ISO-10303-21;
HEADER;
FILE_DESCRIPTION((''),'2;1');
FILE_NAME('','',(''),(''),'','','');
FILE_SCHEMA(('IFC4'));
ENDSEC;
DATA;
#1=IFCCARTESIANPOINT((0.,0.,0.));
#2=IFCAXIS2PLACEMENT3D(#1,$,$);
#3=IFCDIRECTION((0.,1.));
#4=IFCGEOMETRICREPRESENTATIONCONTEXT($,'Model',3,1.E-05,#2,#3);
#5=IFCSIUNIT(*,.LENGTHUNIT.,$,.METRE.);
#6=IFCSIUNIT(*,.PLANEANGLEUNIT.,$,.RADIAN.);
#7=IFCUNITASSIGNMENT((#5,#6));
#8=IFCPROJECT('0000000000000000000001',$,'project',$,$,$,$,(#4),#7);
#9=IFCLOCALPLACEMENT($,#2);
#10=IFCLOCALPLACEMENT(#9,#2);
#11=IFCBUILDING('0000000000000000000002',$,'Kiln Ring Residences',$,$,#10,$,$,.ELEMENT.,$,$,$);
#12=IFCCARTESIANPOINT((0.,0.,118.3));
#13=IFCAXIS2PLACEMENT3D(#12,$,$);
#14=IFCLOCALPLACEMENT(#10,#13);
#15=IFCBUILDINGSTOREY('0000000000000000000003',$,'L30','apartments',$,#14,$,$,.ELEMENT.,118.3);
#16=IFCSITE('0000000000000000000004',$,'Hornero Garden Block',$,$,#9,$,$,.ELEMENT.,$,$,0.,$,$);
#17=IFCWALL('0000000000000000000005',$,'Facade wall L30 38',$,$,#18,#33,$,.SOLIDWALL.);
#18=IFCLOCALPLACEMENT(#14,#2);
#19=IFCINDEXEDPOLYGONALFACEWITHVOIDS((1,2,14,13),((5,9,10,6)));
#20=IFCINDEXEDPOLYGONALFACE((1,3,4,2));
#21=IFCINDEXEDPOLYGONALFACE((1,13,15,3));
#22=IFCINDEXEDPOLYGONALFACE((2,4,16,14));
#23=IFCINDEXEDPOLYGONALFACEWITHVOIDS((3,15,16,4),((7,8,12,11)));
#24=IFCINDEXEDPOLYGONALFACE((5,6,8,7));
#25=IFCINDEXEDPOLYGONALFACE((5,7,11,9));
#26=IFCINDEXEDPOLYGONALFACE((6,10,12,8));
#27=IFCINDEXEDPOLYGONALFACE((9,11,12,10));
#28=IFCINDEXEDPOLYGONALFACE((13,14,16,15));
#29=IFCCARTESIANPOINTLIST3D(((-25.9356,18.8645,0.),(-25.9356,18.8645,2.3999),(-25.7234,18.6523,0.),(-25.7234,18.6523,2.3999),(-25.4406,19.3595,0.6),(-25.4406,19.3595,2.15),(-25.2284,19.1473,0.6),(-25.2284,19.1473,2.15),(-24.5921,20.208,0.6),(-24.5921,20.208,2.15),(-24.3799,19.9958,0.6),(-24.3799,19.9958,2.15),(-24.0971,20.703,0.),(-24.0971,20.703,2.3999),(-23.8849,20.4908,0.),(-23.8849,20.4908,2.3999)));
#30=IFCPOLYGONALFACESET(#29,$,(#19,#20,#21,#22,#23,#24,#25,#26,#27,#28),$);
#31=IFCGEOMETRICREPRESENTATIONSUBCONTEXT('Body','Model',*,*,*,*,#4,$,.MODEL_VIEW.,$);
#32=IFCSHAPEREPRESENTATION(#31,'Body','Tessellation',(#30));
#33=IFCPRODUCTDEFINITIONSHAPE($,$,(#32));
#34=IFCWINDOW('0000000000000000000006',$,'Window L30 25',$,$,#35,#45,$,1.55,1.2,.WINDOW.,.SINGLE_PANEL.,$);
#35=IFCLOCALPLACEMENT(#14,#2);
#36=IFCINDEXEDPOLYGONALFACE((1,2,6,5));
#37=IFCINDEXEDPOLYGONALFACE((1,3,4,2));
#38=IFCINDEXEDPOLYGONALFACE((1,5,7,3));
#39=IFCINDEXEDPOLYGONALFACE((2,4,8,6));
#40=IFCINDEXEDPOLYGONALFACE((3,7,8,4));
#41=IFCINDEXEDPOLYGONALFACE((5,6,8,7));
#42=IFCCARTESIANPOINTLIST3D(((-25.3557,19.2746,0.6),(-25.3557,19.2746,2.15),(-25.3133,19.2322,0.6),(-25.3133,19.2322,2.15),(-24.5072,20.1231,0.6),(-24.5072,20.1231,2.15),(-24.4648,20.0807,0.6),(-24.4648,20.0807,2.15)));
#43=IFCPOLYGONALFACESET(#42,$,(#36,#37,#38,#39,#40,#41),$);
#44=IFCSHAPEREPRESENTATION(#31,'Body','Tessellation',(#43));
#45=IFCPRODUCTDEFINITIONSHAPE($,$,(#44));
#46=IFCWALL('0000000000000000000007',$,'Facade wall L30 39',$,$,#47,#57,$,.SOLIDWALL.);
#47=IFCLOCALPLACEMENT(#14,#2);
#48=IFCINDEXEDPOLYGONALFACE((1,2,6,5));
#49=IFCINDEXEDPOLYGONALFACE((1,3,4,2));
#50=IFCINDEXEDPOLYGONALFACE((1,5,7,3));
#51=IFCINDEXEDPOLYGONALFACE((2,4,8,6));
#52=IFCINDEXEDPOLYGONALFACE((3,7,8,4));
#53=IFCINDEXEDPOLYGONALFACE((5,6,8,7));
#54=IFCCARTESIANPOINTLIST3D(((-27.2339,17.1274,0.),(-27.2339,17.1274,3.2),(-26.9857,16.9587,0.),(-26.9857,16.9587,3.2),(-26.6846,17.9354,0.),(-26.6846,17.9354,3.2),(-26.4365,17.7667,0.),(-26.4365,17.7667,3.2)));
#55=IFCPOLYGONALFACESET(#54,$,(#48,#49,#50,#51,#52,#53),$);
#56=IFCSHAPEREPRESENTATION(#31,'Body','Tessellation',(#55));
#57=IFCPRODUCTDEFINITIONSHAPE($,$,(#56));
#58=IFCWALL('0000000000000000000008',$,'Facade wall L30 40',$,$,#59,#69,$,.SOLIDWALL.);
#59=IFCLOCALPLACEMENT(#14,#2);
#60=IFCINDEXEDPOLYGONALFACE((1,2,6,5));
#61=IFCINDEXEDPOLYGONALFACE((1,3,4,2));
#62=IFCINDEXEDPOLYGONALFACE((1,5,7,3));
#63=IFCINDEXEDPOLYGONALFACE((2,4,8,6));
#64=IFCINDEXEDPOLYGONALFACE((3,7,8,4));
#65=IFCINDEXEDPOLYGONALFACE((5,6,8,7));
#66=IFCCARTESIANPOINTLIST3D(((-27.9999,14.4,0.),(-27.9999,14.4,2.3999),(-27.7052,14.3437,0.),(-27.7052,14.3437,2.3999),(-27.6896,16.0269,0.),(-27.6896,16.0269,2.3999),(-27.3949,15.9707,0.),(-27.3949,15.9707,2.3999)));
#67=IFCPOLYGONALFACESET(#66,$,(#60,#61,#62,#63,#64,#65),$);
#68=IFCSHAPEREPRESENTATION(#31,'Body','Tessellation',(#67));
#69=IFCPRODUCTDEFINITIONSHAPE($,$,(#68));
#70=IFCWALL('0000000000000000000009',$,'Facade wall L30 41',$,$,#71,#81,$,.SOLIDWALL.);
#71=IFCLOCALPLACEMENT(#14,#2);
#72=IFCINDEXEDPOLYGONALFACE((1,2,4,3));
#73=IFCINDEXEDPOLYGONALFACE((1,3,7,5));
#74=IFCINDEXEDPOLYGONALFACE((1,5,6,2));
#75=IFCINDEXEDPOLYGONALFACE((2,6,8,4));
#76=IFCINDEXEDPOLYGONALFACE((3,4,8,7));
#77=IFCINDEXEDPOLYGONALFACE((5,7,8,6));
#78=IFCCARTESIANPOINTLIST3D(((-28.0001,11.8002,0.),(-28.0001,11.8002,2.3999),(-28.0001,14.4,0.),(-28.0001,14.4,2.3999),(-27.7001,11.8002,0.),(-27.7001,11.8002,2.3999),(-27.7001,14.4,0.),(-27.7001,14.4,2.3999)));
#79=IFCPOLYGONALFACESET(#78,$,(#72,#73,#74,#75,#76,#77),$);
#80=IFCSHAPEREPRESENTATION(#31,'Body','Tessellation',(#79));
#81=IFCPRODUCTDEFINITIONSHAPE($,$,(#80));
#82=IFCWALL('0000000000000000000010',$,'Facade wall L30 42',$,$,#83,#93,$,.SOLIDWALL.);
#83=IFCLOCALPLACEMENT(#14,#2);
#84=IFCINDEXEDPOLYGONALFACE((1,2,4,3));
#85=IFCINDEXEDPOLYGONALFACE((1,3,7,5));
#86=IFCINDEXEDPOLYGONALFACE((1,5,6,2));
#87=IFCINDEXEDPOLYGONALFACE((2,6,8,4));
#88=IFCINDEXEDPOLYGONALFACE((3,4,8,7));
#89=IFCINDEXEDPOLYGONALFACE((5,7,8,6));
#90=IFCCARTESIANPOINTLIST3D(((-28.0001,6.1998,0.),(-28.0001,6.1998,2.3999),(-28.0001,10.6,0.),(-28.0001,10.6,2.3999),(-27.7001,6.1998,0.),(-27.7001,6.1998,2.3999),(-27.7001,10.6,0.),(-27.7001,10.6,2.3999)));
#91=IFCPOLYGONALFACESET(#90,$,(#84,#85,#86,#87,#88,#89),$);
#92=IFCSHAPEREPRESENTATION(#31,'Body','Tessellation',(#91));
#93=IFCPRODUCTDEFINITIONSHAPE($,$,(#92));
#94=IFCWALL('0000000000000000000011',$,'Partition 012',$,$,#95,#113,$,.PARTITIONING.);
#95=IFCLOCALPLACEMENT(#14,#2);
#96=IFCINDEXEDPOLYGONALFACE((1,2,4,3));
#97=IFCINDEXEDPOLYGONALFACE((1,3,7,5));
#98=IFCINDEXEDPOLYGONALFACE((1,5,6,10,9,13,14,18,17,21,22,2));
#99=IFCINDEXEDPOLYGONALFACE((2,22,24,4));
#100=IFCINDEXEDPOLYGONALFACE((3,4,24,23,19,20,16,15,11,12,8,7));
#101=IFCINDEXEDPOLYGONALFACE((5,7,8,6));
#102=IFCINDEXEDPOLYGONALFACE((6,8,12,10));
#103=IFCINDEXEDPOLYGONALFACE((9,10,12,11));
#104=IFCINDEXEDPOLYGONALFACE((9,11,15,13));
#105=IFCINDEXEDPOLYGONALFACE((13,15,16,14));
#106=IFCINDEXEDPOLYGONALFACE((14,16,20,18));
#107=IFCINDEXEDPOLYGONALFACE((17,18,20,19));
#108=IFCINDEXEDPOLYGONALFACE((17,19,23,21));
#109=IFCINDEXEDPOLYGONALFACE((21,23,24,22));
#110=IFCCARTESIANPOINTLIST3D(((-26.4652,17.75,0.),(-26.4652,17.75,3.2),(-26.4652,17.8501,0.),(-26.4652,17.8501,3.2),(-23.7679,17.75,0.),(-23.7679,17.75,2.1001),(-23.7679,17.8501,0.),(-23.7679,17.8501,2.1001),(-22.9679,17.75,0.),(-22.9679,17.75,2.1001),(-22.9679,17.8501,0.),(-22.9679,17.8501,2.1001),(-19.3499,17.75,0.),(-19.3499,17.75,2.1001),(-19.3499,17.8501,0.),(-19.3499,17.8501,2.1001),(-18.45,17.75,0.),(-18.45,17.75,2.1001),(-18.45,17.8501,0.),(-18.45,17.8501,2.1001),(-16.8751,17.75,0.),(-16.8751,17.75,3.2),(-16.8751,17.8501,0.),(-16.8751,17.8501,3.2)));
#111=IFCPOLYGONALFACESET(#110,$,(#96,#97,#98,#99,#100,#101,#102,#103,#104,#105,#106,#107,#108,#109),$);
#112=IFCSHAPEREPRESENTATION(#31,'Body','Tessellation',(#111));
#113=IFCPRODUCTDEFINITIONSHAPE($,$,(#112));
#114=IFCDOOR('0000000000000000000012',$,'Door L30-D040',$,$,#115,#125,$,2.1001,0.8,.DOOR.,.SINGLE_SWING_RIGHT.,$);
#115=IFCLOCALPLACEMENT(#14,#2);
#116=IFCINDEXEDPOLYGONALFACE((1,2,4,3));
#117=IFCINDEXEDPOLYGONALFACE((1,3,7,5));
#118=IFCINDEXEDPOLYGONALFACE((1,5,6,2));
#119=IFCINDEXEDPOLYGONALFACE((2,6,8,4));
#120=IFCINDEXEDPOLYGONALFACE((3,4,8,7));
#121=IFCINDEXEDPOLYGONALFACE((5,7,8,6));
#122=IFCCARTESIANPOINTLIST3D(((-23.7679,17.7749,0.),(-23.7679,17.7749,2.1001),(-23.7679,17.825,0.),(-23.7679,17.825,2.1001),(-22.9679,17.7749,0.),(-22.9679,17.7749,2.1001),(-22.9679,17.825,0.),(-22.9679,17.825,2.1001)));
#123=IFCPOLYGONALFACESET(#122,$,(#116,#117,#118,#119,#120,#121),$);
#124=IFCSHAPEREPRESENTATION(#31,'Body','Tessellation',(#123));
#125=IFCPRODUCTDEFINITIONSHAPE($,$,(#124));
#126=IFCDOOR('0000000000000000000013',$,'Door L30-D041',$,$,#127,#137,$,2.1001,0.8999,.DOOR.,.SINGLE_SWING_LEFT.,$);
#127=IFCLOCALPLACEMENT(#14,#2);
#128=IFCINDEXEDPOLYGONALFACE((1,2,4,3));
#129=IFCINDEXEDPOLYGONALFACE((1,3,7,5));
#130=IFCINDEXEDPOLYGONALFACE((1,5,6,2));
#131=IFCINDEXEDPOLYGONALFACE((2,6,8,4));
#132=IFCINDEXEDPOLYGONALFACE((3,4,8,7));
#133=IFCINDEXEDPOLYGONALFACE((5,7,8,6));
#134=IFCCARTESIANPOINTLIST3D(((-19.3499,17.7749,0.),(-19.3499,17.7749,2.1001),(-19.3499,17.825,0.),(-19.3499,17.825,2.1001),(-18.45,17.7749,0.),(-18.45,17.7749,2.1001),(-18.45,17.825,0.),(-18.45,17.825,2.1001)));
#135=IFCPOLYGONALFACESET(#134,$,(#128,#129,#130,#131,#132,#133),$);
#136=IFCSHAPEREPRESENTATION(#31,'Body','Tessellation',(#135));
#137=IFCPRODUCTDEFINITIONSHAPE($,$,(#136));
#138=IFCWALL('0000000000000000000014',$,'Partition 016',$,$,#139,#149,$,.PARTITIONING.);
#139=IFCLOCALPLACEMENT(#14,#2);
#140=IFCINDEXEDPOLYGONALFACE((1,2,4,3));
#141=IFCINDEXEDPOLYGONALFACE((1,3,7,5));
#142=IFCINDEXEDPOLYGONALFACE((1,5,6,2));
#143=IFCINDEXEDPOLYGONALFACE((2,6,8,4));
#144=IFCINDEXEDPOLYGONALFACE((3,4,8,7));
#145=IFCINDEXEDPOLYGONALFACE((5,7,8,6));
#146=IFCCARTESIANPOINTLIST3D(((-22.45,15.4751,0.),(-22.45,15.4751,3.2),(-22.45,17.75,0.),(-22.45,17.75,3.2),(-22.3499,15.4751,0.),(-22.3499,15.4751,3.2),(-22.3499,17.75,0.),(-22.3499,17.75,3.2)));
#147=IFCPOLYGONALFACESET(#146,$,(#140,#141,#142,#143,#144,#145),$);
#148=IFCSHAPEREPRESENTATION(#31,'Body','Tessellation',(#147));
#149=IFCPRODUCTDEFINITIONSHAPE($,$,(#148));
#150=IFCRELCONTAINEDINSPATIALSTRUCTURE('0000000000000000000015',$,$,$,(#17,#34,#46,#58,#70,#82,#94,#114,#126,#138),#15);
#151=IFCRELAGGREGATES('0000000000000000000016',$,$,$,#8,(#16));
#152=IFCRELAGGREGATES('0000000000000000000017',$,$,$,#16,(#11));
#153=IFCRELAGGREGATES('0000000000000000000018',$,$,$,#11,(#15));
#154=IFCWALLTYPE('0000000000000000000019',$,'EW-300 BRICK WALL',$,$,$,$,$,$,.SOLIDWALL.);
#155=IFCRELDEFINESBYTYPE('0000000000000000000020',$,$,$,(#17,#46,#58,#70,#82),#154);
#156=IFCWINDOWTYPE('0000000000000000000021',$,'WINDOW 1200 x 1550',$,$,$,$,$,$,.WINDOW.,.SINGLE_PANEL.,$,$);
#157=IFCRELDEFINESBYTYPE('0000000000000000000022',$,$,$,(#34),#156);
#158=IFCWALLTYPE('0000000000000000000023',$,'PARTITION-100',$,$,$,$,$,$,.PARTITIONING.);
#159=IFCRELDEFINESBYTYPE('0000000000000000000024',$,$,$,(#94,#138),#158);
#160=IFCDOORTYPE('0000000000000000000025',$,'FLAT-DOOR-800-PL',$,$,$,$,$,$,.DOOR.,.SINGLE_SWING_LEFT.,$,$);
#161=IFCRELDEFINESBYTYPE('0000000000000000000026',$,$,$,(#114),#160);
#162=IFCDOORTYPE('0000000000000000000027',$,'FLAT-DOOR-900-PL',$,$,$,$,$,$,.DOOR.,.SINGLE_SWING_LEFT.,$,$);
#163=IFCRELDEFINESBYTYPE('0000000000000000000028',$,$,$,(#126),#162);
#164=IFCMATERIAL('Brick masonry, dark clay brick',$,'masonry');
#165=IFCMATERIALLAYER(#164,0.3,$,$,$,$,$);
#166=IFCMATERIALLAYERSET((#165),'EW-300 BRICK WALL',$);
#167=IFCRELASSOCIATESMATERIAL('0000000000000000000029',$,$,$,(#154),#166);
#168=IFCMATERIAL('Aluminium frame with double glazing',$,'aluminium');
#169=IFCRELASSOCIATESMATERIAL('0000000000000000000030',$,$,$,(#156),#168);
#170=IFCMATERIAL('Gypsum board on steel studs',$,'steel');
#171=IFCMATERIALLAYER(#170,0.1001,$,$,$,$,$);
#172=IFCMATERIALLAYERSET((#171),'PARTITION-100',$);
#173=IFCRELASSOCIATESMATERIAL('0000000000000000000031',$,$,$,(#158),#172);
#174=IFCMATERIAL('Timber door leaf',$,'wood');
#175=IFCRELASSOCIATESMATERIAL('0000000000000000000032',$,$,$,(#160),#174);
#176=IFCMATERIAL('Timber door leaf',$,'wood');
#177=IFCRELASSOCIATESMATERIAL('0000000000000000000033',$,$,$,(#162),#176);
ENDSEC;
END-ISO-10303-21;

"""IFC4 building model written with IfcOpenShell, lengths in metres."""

from ifc_helpers import new_model, si_unit, direction, frame, frame_2d, origin, place, context, subcontext, project, spatial, rectangle, extrude, material, layer, layer_set, type_object, element, fill, save


model = new_model("IFC4")

# Units and contexts
model_context = context("Model", 3, precision=1e-05, world=origin(), true_north=direction((0.0, 1.0)))
body_context = subcontext(model_context, "Body", "Model", "MODEL_VIEW")
ifc_project = project(units=[si_unit("LENGTHUNIT", "METRE"), si_unit("PLANEANGLEUNIT", "RADIAN")], contexts=[model_context])

# Site, building, storey
site_placement = place(None, origin())
site = spatial("IfcSite", under=ifc_project, at=site_placement, Name="Hornero Garden Block", CompositionType="ELEMENT", RefElevation=0.0)
building_placement = place(site_placement, origin())
building = spatial("IfcBuilding", under=site, at=building_placement, Name="Kiln Ring Residences", CompositionType="ELEMENT")
storey_placement = place(building_placement, frame((0.0, 0.0, 118.3)))
storey = spatial("IfcBuildingStorey", under=building, at=storey_placement, Name="L30", Description="apartments", CompositionType="ELEMENT", Elevation=118.3)

# Shared definitions
ifc_material_1 = material(Name="Brick masonry, dark clay brick", Category="masonry")
ifc_layer_1 = layer(ifc_material_1, 0.3)
ifc_layer_set_1 = layer_set([ifc_layer_1], Name="EW-300 BRICK WALL")
wall_type_1 = type_object("IfcWallType", Name="EW-300 BRICK WALL", PredefinedType="SOLIDWALL", material=ifc_layer_set_1)

# Wall, opening, window
wall_1_placement = place(storey_placement, frame((-23.991, 20.5969, 0.0), z_axis=(0.0, 0.0, 1.0), x_axis=(-0.707107, -0.707107, 0.0)))
wall_1 = element("IfcWall", 1, at=wall_1_placement, inside=storey, type_object=wall_type_1, Name="Facade wall L30 38", PredefinedType="SOLIDWALL", context=body_context, shape_type="SweptSolid", body=[
    extrude(rectangle(XDim=2.6001, YDim=0.3, at=frame_2d((1.3, 0.0))), origin(), (0.0, 0.0, 1.0), 2.3999),
])
opening_1_placement = place(wall_1_placement, frame((0.7, 0.0, 0.6001)))
opening_1 = element("IfcOpeningElement", 2, at=opening_1_placement, cuts=wall_1, PredefinedType="OPENING", context=body_context, shape_type="SweptSolid", body=[
    extrude(rectangle(XDim=1.2, YDim=1.55, at=frame_2d((0.6001, 0.7749))), frame((0.0, 0.1599, 0.0), z_axis=(0.0, -1.0, 0.0), x_axis=(1.0, 0.0, 0.0)), (0.0, 0.0, 1.0), 0.3201),
])
ifc_material_2 = material(Name="Aluminium frame with double glazing", Category="aluminium")
window_type = type_object("IfcWindowType", Name="WINDOW 1200 x 1550", PartitioningType="SINGLE_PANEL", PredefinedType="WINDOW", material=ifc_material_2)
window_placement = place(opening_1_placement, origin())
window = element("IfcWindow", 3, at=window_placement, inside=storey, type_object=window_type, Name="Window L30 25", OverallHeight=1.55, OverallWidth=1.2, PartitioningType="SINGLE_PANEL", PredefinedType="WINDOW", context=body_context, shape_type="SweptSolid", body=[
    extrude(rectangle(XDim=1.2, YDim=1.55, at=frame_2d((0.6001, 0.7749))), frame((0.0, 0.03, 0.0), z_axis=(0.0, -1.0, 0.0), x_axis=(1.0, 0.0, 0.0)), (0.0, 0.0, 1.0), 0.0601),
])
fill(opening_1, window)

# Walls
wall_2_placement = place(storey_placement, frame((-26.5605, 17.8511, 0.0), z_axis=(0.0, 0.0, 1.0), x_axis=(-0.562173, -0.827019, 0.0)))
element("IfcWall", 4, at=wall_2_placement, inside=storey, type_object=wall_type_1, Name="Facade wall L30 39", PredefinedType="SOLIDWALL", context=body_context, shape_type="SweptSolid", body=[
    extrude(rectangle(XDim=0.9771, YDim=0.3, at=frame_2d((0.4885, 0.0))), origin(), (0.0, 0.0, 1.0), 3.2),
])
wall_3_placement = place(storey_placement, frame((-27.5422, 15.9988, 0.0), z_axis=(0.0, 0.0, 1.0), x_axis=(-0.187349, -0.982293, 0.0)))
element("IfcWall", 5, at=wall_3_placement, inside=storey, type_object=wall_type_1, Name="Facade wall L30 40", PredefinedType="SOLIDWALL", context=body_context, shape_type="SweptSolid", body=[
    extrude(rectangle(XDim=1.6562, YDim=0.3, at=frame_2d((0.8281, 0.0))), origin(), (0.0, 0.0, 1.0), 2.3999),
])
wall_4_placement = place(storey_placement, frame((-27.8501, 14.3999, 0.0), z_axis=(0.0, 0.0, 1.0), x_axis=(0.0, -1.0, 0.0)))
element("IfcWall", 6, at=wall_4_placement, inside=storey, type_object=wall_type_1, Name="Facade wall L30 41", PredefinedType="SOLIDWALL", context=body_context, shape_type="SweptSolid", body=[
    extrude(rectangle(XDim=2.5999, YDim=0.3, at=frame_2d((1.2998, 0.0))), origin(), (0.0, 0.0, 1.0), 2.3999),
])
wall_5_placement = place(storey_placement, frame((-27.8501, 10.6001, 0.0), z_axis=(0.0, 0.0, 1.0), x_axis=(0.0, -1.0, 0.0)))
element("IfcWall", 7, at=wall_5_placement, inside=storey, type_object=wall_type_1, Name="Facade wall L30 42", PredefinedType="SOLIDWALL", context=body_context, shape_type="SweptSolid", body=[
    extrude(rectangle(XDim=4.4001, YDim=0.3, at=frame_2d((2.2002, 0.0))), origin(), (0.0, 0.0, 1.0), 2.3999),
])

# Wall, openings, doors
ifc_material_3 = material(Name="Gypsum board on steel studs", Category="steel")
ifc_layer_2 = layer(ifc_material_3, 0.1001)
ifc_layer_set_2 = layer_set([ifc_layer_2], Name="PARTITION-100")
wall_type_2 = type_object("IfcWallType", Name="PARTITION-100", PredefinedType="PARTITIONING", material=ifc_layer_set_2)
wall_6_placement = place(storey_placement, frame((-26.4651, 17.8, 0.0), z_axis=(0.0, 0.0, 1.0), x_axis=(1.0, 0.0, 0.0)))
wall_6 = element("IfcWall", 8, at=wall_6_placement, inside=storey, type_object=wall_type_2, Name="Partition 012", PredefinedType="PARTITIONING", context=body_context, shape_type="SweptSolid", body=[
    extrude(rectangle(XDim=9.5901, YDim=0.1001, at=frame_2d((4.7949, 0.0))), origin(), (0.0, 0.0, 1.0), 3.2),
])
opening_2_placement = place(wall_6_placement, frame((2.6973, 0.0, 0.0)))
opening_2 = element("IfcOpeningElement", 9, at=opening_2_placement, cuts=wall_6, PredefinedType="OPENING", context=body_context, shape_type="SweptSolid", body=[
    extrude(rectangle(XDim=0.8, YDim=2.1001, at=frame_2d((0.3999, 1.05))), frame((0.0, 0.0601, 0.0), z_axis=(0.0, -1.0, 0.0), x_axis=(1.0, 0.0, 0.0)), (0.0, 0.0, 1.0), 0.1201),
])
opening_3_placement = place(wall_6_placement, frame((7.1152, 0.0, 0.0)))
opening_3 = element("IfcOpeningElement", 10, at=opening_3_placement, cuts=wall_6, PredefinedType="OPENING", context=body_context, shape_type="SweptSolid", body=[
    extrude(rectangle(XDim=0.8999, YDim=2.1001, at=frame_2d((0.45, 1.05))), frame((0.0, 0.0601, 0.0), z_axis=(0.0, -1.0, 0.0), x_axis=(1.0, 0.0, 0.0)), (0.0, 0.0, 1.0), 0.1201),
])
ifc_material_4 = material(Name="Timber door leaf", Category="wood")
door_type_1 = type_object("IfcDoorType", Name="FLAT-DOOR-800-PL", OperationType="SINGLE_SWING_LEFT", PredefinedType="DOOR", material=ifc_material_4)
door_1_placement = place(opening_2_placement, origin())
door_1 = element("IfcDoor", 11, at=door_1_placement, inside=storey, type_object=door_type_1, Name="Door L30-D040", OperationType="SINGLE_SWING_RIGHT", OverallHeight=2.1001, OverallWidth=0.8, PredefinedType="DOOR", context=body_context, shape_type="SweptSolid", body=[
    extrude(rectangle(XDim=0.8, YDim=2.1001, at=frame_2d((0.3999, 1.05))), frame((0.0, 0.0249, 0.0), z_axis=(0.0, -1.0, 0.0), x_axis=(1.0, 0.0, 0.0)), (0.0, 0.0, 1.0), 0.05),
])
fill(opening_2, door_1)
ifc_material_5 = material(Name="Timber door leaf", Category="wood")
door_type_2 = type_object("IfcDoorType", Name="FLAT-DOOR-900-PL", OperationType="SINGLE_SWING_LEFT", PredefinedType="DOOR", material=ifc_material_5)
door_2_placement = place(opening_3_placement, origin())
door_2 = element("IfcDoor", 12, at=door_2_placement, inside=storey, type_object=door_type_2, Name="Door L30-D041", OperationType="SINGLE_SWING_LEFT", OverallHeight=2.1001, OverallWidth=0.8999, PredefinedType="DOOR", context=body_context, shape_type="SweptSolid", body=[
    extrude(rectangle(XDim=0.8999, YDim=2.1001, at=frame_2d((0.45, 1.05))), frame((0.0, 0.0249, 0.0), z_axis=(0.0, -1.0, 0.0), x_axis=(1.0, 0.0, 0.0)), (0.0, 0.0, 1.0), 0.05),
])
fill(opening_3, door_2)

# Wall
wall_7_placement = place(storey_placement, frame((-22.3999, 15.4751, 0.0), z_axis=(0.0, 0.0, 1.0), x_axis=(0.0, 1.0, 0.0)))
element("IfcWall", 13, at=wall_7_placement, inside=storey, type_object=wall_type_2, Name="Partition 016", PredefinedType="PARTITIONING", context=body_context, shape_type="SweptSolid", body=[
    extrude(rectangle(XDim=2.2749, YDim=0.1001, at=frame_2d((1.1375, 0.0))), origin(), (0.0, 0.0, 1.0), 3.2),
])

save(model, "model.ifc")
